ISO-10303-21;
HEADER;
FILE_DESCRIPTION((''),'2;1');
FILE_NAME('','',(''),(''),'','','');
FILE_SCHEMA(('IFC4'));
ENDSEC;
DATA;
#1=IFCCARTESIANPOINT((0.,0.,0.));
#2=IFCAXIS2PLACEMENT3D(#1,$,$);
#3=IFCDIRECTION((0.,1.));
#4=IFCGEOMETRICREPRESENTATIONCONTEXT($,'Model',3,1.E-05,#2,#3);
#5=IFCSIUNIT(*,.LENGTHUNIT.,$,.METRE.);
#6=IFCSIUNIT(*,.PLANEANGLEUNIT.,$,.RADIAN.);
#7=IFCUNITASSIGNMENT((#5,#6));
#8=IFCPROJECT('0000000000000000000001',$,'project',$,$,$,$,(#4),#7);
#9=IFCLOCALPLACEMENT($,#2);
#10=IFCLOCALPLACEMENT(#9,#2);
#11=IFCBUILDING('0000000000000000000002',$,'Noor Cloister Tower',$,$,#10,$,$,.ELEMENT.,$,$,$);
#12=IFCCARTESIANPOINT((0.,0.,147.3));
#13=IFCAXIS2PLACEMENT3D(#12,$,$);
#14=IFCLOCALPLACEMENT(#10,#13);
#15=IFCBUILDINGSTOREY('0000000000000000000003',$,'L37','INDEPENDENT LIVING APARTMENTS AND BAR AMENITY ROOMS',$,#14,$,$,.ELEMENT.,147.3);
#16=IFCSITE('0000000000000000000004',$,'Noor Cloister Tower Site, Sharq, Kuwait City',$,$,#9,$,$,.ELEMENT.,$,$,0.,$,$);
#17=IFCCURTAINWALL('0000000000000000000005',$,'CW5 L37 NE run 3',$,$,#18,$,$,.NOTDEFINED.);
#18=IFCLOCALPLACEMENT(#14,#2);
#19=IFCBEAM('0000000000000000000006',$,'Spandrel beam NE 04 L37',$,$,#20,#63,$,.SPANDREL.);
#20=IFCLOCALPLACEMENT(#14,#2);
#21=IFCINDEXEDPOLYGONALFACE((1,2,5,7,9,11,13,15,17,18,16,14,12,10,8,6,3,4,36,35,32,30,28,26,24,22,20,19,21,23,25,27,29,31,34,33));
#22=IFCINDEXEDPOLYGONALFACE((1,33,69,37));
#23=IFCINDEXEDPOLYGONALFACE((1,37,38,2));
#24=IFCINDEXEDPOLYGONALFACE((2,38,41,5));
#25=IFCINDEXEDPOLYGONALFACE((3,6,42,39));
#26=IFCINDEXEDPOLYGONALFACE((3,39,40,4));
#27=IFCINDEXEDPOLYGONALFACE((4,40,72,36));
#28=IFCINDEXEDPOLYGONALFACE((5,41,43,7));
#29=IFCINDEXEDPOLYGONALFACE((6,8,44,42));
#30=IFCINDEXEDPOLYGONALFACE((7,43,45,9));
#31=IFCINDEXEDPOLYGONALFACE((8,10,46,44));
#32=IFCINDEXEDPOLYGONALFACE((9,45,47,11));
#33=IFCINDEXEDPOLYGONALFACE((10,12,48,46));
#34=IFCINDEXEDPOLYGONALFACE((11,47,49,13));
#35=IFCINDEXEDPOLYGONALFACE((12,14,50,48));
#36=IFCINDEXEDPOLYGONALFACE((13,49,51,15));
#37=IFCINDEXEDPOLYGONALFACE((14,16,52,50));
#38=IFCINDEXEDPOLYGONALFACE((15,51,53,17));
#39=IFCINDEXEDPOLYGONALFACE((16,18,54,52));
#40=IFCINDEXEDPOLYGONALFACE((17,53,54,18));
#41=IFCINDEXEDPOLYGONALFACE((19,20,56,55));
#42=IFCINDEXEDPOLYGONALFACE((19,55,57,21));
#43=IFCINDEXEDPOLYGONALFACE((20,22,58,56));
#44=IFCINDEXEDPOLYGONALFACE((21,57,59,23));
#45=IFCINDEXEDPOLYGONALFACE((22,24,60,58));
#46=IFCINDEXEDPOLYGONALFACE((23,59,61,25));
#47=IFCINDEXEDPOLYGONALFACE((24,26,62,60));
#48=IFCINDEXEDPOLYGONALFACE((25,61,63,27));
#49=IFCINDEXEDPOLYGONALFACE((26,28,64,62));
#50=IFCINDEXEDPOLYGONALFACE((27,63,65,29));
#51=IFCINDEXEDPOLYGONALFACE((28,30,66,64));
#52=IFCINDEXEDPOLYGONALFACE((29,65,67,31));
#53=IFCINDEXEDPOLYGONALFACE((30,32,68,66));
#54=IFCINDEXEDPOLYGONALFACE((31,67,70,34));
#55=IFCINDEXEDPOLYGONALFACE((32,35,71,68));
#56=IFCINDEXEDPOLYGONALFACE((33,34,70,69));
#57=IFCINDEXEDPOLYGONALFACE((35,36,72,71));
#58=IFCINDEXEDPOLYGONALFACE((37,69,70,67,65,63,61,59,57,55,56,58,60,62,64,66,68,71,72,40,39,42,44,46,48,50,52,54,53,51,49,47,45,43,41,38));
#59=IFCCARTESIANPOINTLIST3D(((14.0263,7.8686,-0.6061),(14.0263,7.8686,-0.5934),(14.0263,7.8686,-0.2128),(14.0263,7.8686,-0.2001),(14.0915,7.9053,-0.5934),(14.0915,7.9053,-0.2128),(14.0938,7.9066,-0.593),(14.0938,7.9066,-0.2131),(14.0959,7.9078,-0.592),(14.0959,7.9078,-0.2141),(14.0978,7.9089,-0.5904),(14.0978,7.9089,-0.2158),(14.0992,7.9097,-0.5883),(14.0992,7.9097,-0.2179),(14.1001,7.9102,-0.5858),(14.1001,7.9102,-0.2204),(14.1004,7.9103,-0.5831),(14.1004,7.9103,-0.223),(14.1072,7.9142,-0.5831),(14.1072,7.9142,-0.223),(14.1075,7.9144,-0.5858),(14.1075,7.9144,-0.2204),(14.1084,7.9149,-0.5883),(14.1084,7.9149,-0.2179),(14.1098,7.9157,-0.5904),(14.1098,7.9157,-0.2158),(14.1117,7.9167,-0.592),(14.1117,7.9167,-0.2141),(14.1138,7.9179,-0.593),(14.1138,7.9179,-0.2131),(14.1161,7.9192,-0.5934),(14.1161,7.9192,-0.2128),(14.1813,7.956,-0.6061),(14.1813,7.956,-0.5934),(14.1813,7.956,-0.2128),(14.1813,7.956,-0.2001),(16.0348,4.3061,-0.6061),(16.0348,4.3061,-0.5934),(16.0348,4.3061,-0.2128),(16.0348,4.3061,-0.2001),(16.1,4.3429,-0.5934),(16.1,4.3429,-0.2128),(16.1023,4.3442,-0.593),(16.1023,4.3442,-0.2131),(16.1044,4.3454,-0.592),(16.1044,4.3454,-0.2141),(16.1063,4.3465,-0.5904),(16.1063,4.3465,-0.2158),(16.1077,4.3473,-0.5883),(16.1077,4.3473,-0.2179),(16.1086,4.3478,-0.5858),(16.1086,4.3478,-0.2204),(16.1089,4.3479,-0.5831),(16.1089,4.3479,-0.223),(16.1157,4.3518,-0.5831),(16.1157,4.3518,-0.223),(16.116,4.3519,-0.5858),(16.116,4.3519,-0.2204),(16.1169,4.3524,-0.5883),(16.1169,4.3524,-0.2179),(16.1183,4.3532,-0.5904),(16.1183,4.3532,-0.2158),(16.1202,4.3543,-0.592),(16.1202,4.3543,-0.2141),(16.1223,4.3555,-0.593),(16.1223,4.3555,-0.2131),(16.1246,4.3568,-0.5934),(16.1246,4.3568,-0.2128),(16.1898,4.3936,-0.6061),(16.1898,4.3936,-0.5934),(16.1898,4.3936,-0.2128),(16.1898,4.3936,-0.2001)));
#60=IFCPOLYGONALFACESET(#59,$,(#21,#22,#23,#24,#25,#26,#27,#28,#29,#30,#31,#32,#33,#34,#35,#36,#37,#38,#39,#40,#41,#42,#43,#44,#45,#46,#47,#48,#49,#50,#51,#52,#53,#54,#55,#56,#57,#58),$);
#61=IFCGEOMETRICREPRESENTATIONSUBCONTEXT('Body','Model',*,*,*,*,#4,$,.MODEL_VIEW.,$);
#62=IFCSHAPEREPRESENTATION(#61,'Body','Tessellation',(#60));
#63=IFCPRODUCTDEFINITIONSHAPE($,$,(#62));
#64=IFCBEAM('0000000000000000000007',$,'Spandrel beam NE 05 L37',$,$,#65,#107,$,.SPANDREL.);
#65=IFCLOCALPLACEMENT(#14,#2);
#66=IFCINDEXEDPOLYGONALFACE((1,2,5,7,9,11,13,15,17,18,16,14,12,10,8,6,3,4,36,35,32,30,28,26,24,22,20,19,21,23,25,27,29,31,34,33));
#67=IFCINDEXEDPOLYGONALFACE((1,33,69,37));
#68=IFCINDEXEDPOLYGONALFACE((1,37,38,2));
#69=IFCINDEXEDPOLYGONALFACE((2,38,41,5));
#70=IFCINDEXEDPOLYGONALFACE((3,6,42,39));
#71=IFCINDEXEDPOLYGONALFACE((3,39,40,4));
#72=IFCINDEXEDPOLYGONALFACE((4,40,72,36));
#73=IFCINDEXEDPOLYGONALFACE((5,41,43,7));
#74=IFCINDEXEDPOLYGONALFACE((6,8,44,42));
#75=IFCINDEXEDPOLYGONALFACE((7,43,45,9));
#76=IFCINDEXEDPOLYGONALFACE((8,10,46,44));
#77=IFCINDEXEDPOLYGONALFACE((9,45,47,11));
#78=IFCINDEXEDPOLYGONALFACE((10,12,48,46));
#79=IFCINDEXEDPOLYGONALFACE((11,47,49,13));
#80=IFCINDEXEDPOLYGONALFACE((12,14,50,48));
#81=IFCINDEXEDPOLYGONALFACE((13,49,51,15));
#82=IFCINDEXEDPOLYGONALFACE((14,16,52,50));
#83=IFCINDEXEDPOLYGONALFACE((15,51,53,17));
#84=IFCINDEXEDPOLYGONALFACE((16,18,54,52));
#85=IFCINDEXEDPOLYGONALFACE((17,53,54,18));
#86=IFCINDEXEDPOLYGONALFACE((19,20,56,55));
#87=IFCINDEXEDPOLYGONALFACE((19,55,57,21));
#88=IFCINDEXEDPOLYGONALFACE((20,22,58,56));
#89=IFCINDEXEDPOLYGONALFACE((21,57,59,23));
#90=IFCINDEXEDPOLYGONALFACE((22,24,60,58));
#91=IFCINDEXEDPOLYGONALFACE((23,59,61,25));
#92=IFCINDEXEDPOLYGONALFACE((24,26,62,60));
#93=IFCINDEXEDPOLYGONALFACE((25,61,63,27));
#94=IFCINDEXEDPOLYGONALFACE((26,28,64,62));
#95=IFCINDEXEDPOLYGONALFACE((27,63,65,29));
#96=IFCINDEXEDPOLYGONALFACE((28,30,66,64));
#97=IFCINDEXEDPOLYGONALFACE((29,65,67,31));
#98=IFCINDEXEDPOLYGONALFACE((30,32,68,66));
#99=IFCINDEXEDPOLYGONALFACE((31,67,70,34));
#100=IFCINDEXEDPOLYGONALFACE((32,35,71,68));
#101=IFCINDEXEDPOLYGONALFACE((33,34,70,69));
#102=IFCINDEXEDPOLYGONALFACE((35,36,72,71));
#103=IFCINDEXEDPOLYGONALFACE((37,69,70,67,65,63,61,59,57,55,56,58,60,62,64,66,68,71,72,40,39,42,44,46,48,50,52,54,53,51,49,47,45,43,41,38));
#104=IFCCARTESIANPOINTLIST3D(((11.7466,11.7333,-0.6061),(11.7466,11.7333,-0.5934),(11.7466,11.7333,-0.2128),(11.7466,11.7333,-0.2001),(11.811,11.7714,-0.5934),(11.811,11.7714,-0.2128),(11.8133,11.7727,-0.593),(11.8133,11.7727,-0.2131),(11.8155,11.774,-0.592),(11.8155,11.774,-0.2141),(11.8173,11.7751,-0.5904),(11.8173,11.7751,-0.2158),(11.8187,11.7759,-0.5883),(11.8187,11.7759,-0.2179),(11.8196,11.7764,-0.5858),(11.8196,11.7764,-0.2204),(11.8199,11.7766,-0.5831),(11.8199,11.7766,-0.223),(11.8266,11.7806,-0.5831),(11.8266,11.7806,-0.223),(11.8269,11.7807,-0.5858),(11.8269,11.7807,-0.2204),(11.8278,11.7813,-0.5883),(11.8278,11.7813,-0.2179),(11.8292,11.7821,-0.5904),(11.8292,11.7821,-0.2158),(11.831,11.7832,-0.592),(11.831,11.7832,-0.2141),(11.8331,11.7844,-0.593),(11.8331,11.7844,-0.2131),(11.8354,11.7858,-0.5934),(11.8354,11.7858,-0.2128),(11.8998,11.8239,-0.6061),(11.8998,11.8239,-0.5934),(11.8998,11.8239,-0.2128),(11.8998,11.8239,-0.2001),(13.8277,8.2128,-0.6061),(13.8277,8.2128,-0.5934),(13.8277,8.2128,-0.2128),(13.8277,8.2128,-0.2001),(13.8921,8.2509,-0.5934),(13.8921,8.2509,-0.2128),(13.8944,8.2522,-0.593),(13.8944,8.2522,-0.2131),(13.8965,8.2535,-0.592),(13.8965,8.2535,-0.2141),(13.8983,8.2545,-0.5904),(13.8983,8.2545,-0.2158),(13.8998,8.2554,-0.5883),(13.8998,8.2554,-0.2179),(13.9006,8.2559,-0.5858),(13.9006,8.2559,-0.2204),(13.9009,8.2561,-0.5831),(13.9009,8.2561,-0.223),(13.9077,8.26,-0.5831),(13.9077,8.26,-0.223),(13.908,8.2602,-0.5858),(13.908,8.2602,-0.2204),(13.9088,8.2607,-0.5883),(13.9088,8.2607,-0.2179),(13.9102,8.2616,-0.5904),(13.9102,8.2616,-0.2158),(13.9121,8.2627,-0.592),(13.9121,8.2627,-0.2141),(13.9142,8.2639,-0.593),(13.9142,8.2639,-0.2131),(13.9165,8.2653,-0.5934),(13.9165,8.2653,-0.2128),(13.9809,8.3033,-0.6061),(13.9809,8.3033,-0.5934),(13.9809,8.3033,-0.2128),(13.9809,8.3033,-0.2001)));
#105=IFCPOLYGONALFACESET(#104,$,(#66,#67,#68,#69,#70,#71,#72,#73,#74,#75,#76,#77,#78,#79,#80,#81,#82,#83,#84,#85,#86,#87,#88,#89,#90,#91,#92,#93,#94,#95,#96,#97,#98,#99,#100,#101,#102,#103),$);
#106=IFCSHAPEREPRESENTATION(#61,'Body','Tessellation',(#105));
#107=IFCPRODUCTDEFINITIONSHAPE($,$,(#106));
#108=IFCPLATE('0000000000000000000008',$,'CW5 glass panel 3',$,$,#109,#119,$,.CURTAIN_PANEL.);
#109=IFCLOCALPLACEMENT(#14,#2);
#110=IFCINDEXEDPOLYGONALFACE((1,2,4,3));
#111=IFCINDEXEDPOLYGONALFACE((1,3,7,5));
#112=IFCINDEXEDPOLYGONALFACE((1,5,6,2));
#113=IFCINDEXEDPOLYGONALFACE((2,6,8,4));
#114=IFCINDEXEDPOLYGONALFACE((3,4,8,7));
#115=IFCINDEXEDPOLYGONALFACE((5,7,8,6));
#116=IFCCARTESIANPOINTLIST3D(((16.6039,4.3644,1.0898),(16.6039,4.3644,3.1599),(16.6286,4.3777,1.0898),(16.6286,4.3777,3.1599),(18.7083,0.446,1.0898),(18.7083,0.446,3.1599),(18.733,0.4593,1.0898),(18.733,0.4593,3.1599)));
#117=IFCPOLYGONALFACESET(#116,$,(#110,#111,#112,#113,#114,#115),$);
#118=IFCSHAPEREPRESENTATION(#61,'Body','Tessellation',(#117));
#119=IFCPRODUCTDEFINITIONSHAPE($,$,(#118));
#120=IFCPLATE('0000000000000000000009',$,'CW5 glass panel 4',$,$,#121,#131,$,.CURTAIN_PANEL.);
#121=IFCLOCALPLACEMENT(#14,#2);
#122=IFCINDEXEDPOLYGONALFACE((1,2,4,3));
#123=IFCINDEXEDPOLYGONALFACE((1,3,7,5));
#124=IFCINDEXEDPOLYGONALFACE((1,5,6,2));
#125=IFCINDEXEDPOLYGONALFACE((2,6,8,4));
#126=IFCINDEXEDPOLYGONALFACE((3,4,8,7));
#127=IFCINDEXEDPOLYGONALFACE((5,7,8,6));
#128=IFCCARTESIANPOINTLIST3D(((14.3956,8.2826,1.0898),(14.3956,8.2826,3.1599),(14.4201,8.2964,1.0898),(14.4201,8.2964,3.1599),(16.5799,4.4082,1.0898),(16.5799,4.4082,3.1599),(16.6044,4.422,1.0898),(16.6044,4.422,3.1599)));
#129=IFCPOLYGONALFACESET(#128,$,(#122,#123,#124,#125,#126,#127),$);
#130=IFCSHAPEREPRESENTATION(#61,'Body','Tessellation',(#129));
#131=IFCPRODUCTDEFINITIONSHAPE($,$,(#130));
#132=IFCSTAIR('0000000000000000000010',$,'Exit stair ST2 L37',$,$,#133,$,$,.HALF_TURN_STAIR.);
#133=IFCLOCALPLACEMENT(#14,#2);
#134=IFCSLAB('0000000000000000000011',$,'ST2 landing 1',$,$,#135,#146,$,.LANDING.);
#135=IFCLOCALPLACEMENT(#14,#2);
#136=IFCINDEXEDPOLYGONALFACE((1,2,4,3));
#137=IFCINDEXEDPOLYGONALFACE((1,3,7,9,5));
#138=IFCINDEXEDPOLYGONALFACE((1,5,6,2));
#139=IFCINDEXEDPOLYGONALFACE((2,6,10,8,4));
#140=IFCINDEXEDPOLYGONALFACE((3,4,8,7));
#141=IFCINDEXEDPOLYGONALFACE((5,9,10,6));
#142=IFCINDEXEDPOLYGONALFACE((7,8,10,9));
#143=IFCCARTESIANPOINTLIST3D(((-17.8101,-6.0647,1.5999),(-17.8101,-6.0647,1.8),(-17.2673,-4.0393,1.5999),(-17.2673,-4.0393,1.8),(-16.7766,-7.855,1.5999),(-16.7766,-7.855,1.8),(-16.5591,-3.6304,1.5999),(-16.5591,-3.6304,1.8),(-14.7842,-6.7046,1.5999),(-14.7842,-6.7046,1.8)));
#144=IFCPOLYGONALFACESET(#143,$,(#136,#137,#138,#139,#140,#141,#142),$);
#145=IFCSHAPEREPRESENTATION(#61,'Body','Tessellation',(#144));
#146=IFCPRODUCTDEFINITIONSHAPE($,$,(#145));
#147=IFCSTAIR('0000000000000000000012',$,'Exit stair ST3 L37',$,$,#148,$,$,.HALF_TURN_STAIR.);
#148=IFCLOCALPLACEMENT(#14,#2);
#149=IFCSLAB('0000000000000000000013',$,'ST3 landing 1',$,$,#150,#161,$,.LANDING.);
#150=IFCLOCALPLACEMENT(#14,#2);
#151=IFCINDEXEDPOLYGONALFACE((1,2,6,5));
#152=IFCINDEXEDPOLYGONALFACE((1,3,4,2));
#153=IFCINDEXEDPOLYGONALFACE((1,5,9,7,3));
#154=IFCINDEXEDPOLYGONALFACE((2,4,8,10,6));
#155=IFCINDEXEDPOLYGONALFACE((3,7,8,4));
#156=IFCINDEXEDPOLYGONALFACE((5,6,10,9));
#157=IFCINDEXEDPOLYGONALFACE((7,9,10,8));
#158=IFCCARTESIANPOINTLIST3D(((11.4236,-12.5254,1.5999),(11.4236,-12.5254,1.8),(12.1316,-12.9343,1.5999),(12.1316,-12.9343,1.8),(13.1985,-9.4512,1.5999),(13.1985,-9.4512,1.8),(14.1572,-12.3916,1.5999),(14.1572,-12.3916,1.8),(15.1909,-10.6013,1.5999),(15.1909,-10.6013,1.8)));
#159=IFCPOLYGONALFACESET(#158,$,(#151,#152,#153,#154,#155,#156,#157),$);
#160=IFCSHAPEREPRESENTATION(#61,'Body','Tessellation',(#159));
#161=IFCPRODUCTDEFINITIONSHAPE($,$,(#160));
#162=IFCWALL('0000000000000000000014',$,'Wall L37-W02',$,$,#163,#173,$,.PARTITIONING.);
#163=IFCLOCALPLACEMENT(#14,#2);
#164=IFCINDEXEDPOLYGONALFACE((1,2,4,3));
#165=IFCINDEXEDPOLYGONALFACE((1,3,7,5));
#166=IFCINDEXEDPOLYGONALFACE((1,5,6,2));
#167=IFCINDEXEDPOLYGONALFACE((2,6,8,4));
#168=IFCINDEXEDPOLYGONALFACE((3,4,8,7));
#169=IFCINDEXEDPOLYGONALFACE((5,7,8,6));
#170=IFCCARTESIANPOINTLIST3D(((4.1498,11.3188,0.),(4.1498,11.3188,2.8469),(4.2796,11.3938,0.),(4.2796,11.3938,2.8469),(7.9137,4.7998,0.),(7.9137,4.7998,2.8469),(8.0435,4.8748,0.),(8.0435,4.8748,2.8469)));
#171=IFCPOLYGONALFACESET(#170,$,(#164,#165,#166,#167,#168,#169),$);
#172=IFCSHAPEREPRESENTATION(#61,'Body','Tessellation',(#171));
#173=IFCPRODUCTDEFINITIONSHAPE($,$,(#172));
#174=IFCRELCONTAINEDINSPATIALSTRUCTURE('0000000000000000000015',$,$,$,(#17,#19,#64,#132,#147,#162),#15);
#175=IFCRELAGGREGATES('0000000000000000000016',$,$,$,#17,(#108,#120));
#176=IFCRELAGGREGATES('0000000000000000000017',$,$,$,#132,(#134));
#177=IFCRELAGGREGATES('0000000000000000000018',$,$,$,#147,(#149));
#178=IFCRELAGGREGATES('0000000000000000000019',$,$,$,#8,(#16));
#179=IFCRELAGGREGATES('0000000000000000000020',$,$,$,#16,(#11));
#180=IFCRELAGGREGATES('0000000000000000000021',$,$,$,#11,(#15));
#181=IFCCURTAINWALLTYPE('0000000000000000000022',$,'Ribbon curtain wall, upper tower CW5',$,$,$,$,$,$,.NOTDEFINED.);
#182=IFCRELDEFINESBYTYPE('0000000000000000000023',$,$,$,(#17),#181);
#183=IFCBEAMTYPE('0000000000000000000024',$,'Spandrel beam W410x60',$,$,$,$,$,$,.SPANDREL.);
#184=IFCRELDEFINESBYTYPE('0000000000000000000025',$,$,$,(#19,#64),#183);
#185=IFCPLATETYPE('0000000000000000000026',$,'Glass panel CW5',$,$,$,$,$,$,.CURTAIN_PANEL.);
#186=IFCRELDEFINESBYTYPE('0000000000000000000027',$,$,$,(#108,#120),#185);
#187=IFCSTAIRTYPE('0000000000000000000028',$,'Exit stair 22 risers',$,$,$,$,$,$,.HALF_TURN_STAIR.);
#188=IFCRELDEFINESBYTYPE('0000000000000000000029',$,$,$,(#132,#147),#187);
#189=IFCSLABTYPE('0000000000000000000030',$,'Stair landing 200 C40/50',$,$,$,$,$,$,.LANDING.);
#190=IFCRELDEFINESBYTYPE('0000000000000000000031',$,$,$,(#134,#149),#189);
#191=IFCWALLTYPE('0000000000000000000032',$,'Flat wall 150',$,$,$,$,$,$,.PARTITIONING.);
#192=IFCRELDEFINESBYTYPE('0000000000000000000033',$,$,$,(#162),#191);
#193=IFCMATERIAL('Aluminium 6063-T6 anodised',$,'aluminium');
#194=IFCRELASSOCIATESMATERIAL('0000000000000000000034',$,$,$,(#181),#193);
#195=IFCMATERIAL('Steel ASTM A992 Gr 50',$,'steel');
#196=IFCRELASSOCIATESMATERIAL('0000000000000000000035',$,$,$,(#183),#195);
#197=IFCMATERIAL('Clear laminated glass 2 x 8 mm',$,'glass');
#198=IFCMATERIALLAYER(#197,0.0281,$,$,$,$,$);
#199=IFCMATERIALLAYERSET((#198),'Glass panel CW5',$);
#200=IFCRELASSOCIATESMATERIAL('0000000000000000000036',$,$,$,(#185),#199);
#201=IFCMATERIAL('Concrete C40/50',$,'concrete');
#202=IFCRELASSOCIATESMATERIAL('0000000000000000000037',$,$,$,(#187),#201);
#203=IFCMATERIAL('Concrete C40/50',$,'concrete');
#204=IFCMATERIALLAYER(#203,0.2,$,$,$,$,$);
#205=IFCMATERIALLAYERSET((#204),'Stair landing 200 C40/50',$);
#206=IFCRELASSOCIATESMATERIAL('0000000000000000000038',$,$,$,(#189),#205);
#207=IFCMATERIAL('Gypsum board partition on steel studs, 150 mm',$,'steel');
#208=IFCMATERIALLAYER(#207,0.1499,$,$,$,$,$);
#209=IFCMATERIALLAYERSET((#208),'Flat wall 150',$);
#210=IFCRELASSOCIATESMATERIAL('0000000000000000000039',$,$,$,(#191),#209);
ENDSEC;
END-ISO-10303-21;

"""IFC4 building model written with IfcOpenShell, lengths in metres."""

from ifc_helpers import new_model, si_unit, direction, frame, frame_2d, origin, origin_2d, place, context, subcontext, project, spatial, polyline, rectangle, i_section, outline, extrude, material, layer, layer_set, material_profile, profile_set, type_object, element, aggregate, save


model = new_model("IFC4")

# Units and contexts
model_context = context("Model", 3, precision=1e-05, world=origin(), true_north=direction((0.0, 1.0)))
body_context = subcontext(model_context, "Body", "Model", "MODEL_VIEW")
ifc_project = project(units=[si_unit("LENGTHUNIT", "METRE"), si_unit("PLANEANGLEUNIT", "RADIAN")], contexts=[model_context])

# Site, building, storey
site_placement = place(None, origin())
site = spatial("IfcSite", under=ifc_project, at=site_placement, Name="Noor Cloister Tower Site, Sharq, Kuwait City", CompositionType="ELEMENT", RefElevation=0.0)
building_placement = place(site_placement, origin())
building = spatial("IfcBuilding", under=site, at=building_placement, Name="Noor Cloister Tower", CompositionType="ELEMENT")
storey_placement = place(building_placement, frame((0.0, 0.0, 147.3)))
storey = spatial("IfcBuildingStorey", under=building, at=storey_placement, Name="L37", Description="INDEPENDENT LIVING APARTMENTS AND BAR AMENITY ROOMS", CompositionType="ELEMENT", Elevation=147.3)

# Curtain wall
ifc_material_1 = material(Name="Aluminium 6063-T6 anodised", Category="aluminium")
curtain_wall_type = type_object("IfcCurtainWallType", Name="Ribbon curtain wall, upper tower CW5", PredefinedType="NOTDEFINED", material=ifc_material_1)
curtain_wall_placement = place(storey_placement, origin())
curtain_wall = element("IfcCurtainWall", 1, at=curtain_wall_placement, inside=storey, type_object=curtain_wall_type, Name="CW5 L37 NE run 3", PredefinedType="NOTDEFINED")

# Beams
ifc_material_2 = material(Name="Steel ASTM A992 Gr 50", Category="steel")
ifc_material_profile_1 = material_profile(ifc_material_2, i_section(OverallWidth=0.178, OverallDepth=0.406, WebThickness=0.0078, FlangeThickness=0.0127, FilletRadius=0.0103, at=origin_2d()), Name="W410x60")
ifc_profile_set_1 = profile_set([ifc_material_profile_1], Name="Steel ASTM A992 Gr 50")
beam_type_1 = type_object("IfcBeamType", Name="Spandrel beam W410x60", PredefinedType="SPANDREL", material=ifc_profile_set_1)
for number, where, z_axis, x_axis, name in (
    (2, (16.1123, 4.3499, -0.4031), (-0.491123, 0.87109, 0.0), (-0.87109, -0.491123, 0.0), "Spandrel beam NE 04 L37"),
    (3, (13.9043, 8.2581, -0.4031), (-0.508866, 0.860846, 0.0), (-0.860846, -0.508866, 0.0), "Spandrel beam NE 05 L37"),
):
    element("IfcBeam", number, at=place(storey_placement, frame(where, z_axis=z_axis, x_axis=x_axis)), inside=storey, type_object=beam_type_1, Name=name, PredefinedType="SPANDREL", context=body_context, shape_type="SweptSolid", body=[
        extrude(i_section(OverallWidth=0.178, OverallDepth=0.406, WebThickness=0.0078, FlangeThickness=0.0127, FilletRadius=0.0103, at=origin_2d()), origin(), (0.0, 0.0, 1.0), 4.0896),
    ])

# Plates
ifc_material_3 = material(Name="Clear laminated glass 2 x 8 mm", Category="glass")
ifc_layer_1 = layer(ifc_material_3, 0.0281)
ifc_layer_set_1 = layer_set([ifc_layer_1], Name="Glass panel CW5")
plate_type = type_object("IfcPlateType", Name="Glass panel CW5", PredefinedType="CURTAIN_PANEL", material=ifc_layer_set_1)
plate_1_placement = place(storey_placement, frame((17.6685, 2.4119, 1.0898), z_axis=(0.0, 0.0, 1.0), x_axis=(-0.473133, 0.880991, 0.0)))
plate_1 = element("IfcPlate", 4, at=plate_1_placement, type_object=plate_type, Name="CW5 glass panel 3", PredefinedType="CURTAIN_PANEL", context=body_context, shape_type="SweptSolid", body=[
    extrude(rectangle(XDim=4.4478, YDim=0.0281, at=origin_2d()), origin(), (0.0, 0.0, 1.0), 2.0701),
])
plate_2_placement = place(storey_placement, frame((15.5, 6.3523, 1.0898), z_axis=(0.0, 0.0, 1.0), x_axis=(-0.491096, 0.871106, 0.0)))
plate_2 = element("IfcPlate", 5, at=plate_2_placement, type_object=plate_type, Name="CW5 glass panel 4", PredefinedType="CURTAIN_PANEL", context=body_context, shape_type="SweptSolid", body=[
    extrude(rectangle(XDim=4.4478, YDim=0.0281, at=origin_2d()), origin(), (0.0, 0.0, 1.0), 2.0701),
])
aggregate(curtain_wall, [plate_1, plate_2])

# Stairs, slabs
ifc_material_4 = material(Name="Concrete C40/50", Category="concrete")
stair_type = type_object("IfcStairType", Name="Exit stair 22 risers", PredefinedType="HALF_TURN_STAIR", material=ifc_material_4)
stair_1_placement = place(storey_placement, origin())
stair_1 = element("IfcStair", 6, at=stair_1_placement, inside=storey, type_object=stair_type, Name="Exit stair ST2 L37", PredefinedType="HALF_TURN_STAIR")
ifc_material_5 = material(Name="Concrete C40/50", Category="concrete")
ifc_layer_2 = layer(ifc_material_5, 0.2)
ifc_layer_set_2 = layer_set([ifc_layer_2], Name="Stair landing 200 C40/50")
slab_type = type_object("IfcSlabType", Name="Stair landing 200 C40/50", PredefinedType="LANDING", material=ifc_layer_set_2)
slab_1_placement = place(storey_placement, frame((0.0, 0.0, 1.5999)))
slab_1 = element("IfcSlab", 7, at=slab_1_placement, type_object=slab_type, Name="ST2 landing 1", PredefinedType="LANDING", context=body_context, shape_type="SweptSolid", body=[
    extrude(outline(polyline([(-16.5591, -3.6304), (-17.2673, -4.0393), (-17.8101, -6.0647), (-16.7766, -7.855), (-14.7842, -6.7046), (-16.5591, -3.6304)])), origin(), (0.0, 0.0, 1.0), 0.2002),
])
aggregate(stair_1, [slab_1])
stair_2_placement = place(storey_placement, origin())
stair_2 = element("IfcStair", 8, at=stair_2_placement, inside=storey, type_object=stair_type, Name="Exit stair ST3 L37", PredefinedType="HALF_TURN_STAIR")
slab_2_placement = place(storey_placement, frame((0.0, 0.0, 1.5999)))
slab_2 = element("IfcSlab", 9, at=slab_2_placement, type_object=slab_type, Name="ST3 landing 1", PredefinedType="LANDING", context=body_context, shape_type="SweptSolid", body=[
    extrude(outline(polyline([(11.4236, -12.5254), (12.1316, -12.9343), (14.1572, -12.3916), (15.1909, -10.6013), (13.1985, -9.4512), (11.4236, -12.5254)])), origin(), (0.0, 0.0, 1.0), 0.2002),
])
aggregate(stair_2, [slab_2])

# Wall
ifc_material_6 = material(Name="Gypsum board partition on steel studs, 150 mm", Category="steel")
ifc_layer_3 = layer(ifc_material_6, 0.1499)
ifc_layer_set_3 = layer_set([ifc_layer_3], Name="Flat wall 150")
wall_type_1 = type_object("IfcWallType", Name="Flat wall 150", PredefinedType="PARTITIONING", material=ifc_layer_set_3)
wall_1_placement = place(storey_placement, frame((7.9785, 4.8374, 0.0), z_axis=(0.0, 0.0, 1.0), x_axis=(-0.500014, 0.866017, 0.0)))
element("IfcWall", 10, at=wall_1_placement, inside=storey, type_object=wall_type_1, Name="Wall L37-W02", PredefinedType="PARTITIONING", context=body_context, shape_type="SweptSolid", body=[
    extrude(rectangle(XDim=7.5276, YDim=0.1499, at=frame_2d((3.7637, 0.0))), origin(), (0.0, 0.0, 1.0), 2.8469),
])

save(model, "model.ifc")
